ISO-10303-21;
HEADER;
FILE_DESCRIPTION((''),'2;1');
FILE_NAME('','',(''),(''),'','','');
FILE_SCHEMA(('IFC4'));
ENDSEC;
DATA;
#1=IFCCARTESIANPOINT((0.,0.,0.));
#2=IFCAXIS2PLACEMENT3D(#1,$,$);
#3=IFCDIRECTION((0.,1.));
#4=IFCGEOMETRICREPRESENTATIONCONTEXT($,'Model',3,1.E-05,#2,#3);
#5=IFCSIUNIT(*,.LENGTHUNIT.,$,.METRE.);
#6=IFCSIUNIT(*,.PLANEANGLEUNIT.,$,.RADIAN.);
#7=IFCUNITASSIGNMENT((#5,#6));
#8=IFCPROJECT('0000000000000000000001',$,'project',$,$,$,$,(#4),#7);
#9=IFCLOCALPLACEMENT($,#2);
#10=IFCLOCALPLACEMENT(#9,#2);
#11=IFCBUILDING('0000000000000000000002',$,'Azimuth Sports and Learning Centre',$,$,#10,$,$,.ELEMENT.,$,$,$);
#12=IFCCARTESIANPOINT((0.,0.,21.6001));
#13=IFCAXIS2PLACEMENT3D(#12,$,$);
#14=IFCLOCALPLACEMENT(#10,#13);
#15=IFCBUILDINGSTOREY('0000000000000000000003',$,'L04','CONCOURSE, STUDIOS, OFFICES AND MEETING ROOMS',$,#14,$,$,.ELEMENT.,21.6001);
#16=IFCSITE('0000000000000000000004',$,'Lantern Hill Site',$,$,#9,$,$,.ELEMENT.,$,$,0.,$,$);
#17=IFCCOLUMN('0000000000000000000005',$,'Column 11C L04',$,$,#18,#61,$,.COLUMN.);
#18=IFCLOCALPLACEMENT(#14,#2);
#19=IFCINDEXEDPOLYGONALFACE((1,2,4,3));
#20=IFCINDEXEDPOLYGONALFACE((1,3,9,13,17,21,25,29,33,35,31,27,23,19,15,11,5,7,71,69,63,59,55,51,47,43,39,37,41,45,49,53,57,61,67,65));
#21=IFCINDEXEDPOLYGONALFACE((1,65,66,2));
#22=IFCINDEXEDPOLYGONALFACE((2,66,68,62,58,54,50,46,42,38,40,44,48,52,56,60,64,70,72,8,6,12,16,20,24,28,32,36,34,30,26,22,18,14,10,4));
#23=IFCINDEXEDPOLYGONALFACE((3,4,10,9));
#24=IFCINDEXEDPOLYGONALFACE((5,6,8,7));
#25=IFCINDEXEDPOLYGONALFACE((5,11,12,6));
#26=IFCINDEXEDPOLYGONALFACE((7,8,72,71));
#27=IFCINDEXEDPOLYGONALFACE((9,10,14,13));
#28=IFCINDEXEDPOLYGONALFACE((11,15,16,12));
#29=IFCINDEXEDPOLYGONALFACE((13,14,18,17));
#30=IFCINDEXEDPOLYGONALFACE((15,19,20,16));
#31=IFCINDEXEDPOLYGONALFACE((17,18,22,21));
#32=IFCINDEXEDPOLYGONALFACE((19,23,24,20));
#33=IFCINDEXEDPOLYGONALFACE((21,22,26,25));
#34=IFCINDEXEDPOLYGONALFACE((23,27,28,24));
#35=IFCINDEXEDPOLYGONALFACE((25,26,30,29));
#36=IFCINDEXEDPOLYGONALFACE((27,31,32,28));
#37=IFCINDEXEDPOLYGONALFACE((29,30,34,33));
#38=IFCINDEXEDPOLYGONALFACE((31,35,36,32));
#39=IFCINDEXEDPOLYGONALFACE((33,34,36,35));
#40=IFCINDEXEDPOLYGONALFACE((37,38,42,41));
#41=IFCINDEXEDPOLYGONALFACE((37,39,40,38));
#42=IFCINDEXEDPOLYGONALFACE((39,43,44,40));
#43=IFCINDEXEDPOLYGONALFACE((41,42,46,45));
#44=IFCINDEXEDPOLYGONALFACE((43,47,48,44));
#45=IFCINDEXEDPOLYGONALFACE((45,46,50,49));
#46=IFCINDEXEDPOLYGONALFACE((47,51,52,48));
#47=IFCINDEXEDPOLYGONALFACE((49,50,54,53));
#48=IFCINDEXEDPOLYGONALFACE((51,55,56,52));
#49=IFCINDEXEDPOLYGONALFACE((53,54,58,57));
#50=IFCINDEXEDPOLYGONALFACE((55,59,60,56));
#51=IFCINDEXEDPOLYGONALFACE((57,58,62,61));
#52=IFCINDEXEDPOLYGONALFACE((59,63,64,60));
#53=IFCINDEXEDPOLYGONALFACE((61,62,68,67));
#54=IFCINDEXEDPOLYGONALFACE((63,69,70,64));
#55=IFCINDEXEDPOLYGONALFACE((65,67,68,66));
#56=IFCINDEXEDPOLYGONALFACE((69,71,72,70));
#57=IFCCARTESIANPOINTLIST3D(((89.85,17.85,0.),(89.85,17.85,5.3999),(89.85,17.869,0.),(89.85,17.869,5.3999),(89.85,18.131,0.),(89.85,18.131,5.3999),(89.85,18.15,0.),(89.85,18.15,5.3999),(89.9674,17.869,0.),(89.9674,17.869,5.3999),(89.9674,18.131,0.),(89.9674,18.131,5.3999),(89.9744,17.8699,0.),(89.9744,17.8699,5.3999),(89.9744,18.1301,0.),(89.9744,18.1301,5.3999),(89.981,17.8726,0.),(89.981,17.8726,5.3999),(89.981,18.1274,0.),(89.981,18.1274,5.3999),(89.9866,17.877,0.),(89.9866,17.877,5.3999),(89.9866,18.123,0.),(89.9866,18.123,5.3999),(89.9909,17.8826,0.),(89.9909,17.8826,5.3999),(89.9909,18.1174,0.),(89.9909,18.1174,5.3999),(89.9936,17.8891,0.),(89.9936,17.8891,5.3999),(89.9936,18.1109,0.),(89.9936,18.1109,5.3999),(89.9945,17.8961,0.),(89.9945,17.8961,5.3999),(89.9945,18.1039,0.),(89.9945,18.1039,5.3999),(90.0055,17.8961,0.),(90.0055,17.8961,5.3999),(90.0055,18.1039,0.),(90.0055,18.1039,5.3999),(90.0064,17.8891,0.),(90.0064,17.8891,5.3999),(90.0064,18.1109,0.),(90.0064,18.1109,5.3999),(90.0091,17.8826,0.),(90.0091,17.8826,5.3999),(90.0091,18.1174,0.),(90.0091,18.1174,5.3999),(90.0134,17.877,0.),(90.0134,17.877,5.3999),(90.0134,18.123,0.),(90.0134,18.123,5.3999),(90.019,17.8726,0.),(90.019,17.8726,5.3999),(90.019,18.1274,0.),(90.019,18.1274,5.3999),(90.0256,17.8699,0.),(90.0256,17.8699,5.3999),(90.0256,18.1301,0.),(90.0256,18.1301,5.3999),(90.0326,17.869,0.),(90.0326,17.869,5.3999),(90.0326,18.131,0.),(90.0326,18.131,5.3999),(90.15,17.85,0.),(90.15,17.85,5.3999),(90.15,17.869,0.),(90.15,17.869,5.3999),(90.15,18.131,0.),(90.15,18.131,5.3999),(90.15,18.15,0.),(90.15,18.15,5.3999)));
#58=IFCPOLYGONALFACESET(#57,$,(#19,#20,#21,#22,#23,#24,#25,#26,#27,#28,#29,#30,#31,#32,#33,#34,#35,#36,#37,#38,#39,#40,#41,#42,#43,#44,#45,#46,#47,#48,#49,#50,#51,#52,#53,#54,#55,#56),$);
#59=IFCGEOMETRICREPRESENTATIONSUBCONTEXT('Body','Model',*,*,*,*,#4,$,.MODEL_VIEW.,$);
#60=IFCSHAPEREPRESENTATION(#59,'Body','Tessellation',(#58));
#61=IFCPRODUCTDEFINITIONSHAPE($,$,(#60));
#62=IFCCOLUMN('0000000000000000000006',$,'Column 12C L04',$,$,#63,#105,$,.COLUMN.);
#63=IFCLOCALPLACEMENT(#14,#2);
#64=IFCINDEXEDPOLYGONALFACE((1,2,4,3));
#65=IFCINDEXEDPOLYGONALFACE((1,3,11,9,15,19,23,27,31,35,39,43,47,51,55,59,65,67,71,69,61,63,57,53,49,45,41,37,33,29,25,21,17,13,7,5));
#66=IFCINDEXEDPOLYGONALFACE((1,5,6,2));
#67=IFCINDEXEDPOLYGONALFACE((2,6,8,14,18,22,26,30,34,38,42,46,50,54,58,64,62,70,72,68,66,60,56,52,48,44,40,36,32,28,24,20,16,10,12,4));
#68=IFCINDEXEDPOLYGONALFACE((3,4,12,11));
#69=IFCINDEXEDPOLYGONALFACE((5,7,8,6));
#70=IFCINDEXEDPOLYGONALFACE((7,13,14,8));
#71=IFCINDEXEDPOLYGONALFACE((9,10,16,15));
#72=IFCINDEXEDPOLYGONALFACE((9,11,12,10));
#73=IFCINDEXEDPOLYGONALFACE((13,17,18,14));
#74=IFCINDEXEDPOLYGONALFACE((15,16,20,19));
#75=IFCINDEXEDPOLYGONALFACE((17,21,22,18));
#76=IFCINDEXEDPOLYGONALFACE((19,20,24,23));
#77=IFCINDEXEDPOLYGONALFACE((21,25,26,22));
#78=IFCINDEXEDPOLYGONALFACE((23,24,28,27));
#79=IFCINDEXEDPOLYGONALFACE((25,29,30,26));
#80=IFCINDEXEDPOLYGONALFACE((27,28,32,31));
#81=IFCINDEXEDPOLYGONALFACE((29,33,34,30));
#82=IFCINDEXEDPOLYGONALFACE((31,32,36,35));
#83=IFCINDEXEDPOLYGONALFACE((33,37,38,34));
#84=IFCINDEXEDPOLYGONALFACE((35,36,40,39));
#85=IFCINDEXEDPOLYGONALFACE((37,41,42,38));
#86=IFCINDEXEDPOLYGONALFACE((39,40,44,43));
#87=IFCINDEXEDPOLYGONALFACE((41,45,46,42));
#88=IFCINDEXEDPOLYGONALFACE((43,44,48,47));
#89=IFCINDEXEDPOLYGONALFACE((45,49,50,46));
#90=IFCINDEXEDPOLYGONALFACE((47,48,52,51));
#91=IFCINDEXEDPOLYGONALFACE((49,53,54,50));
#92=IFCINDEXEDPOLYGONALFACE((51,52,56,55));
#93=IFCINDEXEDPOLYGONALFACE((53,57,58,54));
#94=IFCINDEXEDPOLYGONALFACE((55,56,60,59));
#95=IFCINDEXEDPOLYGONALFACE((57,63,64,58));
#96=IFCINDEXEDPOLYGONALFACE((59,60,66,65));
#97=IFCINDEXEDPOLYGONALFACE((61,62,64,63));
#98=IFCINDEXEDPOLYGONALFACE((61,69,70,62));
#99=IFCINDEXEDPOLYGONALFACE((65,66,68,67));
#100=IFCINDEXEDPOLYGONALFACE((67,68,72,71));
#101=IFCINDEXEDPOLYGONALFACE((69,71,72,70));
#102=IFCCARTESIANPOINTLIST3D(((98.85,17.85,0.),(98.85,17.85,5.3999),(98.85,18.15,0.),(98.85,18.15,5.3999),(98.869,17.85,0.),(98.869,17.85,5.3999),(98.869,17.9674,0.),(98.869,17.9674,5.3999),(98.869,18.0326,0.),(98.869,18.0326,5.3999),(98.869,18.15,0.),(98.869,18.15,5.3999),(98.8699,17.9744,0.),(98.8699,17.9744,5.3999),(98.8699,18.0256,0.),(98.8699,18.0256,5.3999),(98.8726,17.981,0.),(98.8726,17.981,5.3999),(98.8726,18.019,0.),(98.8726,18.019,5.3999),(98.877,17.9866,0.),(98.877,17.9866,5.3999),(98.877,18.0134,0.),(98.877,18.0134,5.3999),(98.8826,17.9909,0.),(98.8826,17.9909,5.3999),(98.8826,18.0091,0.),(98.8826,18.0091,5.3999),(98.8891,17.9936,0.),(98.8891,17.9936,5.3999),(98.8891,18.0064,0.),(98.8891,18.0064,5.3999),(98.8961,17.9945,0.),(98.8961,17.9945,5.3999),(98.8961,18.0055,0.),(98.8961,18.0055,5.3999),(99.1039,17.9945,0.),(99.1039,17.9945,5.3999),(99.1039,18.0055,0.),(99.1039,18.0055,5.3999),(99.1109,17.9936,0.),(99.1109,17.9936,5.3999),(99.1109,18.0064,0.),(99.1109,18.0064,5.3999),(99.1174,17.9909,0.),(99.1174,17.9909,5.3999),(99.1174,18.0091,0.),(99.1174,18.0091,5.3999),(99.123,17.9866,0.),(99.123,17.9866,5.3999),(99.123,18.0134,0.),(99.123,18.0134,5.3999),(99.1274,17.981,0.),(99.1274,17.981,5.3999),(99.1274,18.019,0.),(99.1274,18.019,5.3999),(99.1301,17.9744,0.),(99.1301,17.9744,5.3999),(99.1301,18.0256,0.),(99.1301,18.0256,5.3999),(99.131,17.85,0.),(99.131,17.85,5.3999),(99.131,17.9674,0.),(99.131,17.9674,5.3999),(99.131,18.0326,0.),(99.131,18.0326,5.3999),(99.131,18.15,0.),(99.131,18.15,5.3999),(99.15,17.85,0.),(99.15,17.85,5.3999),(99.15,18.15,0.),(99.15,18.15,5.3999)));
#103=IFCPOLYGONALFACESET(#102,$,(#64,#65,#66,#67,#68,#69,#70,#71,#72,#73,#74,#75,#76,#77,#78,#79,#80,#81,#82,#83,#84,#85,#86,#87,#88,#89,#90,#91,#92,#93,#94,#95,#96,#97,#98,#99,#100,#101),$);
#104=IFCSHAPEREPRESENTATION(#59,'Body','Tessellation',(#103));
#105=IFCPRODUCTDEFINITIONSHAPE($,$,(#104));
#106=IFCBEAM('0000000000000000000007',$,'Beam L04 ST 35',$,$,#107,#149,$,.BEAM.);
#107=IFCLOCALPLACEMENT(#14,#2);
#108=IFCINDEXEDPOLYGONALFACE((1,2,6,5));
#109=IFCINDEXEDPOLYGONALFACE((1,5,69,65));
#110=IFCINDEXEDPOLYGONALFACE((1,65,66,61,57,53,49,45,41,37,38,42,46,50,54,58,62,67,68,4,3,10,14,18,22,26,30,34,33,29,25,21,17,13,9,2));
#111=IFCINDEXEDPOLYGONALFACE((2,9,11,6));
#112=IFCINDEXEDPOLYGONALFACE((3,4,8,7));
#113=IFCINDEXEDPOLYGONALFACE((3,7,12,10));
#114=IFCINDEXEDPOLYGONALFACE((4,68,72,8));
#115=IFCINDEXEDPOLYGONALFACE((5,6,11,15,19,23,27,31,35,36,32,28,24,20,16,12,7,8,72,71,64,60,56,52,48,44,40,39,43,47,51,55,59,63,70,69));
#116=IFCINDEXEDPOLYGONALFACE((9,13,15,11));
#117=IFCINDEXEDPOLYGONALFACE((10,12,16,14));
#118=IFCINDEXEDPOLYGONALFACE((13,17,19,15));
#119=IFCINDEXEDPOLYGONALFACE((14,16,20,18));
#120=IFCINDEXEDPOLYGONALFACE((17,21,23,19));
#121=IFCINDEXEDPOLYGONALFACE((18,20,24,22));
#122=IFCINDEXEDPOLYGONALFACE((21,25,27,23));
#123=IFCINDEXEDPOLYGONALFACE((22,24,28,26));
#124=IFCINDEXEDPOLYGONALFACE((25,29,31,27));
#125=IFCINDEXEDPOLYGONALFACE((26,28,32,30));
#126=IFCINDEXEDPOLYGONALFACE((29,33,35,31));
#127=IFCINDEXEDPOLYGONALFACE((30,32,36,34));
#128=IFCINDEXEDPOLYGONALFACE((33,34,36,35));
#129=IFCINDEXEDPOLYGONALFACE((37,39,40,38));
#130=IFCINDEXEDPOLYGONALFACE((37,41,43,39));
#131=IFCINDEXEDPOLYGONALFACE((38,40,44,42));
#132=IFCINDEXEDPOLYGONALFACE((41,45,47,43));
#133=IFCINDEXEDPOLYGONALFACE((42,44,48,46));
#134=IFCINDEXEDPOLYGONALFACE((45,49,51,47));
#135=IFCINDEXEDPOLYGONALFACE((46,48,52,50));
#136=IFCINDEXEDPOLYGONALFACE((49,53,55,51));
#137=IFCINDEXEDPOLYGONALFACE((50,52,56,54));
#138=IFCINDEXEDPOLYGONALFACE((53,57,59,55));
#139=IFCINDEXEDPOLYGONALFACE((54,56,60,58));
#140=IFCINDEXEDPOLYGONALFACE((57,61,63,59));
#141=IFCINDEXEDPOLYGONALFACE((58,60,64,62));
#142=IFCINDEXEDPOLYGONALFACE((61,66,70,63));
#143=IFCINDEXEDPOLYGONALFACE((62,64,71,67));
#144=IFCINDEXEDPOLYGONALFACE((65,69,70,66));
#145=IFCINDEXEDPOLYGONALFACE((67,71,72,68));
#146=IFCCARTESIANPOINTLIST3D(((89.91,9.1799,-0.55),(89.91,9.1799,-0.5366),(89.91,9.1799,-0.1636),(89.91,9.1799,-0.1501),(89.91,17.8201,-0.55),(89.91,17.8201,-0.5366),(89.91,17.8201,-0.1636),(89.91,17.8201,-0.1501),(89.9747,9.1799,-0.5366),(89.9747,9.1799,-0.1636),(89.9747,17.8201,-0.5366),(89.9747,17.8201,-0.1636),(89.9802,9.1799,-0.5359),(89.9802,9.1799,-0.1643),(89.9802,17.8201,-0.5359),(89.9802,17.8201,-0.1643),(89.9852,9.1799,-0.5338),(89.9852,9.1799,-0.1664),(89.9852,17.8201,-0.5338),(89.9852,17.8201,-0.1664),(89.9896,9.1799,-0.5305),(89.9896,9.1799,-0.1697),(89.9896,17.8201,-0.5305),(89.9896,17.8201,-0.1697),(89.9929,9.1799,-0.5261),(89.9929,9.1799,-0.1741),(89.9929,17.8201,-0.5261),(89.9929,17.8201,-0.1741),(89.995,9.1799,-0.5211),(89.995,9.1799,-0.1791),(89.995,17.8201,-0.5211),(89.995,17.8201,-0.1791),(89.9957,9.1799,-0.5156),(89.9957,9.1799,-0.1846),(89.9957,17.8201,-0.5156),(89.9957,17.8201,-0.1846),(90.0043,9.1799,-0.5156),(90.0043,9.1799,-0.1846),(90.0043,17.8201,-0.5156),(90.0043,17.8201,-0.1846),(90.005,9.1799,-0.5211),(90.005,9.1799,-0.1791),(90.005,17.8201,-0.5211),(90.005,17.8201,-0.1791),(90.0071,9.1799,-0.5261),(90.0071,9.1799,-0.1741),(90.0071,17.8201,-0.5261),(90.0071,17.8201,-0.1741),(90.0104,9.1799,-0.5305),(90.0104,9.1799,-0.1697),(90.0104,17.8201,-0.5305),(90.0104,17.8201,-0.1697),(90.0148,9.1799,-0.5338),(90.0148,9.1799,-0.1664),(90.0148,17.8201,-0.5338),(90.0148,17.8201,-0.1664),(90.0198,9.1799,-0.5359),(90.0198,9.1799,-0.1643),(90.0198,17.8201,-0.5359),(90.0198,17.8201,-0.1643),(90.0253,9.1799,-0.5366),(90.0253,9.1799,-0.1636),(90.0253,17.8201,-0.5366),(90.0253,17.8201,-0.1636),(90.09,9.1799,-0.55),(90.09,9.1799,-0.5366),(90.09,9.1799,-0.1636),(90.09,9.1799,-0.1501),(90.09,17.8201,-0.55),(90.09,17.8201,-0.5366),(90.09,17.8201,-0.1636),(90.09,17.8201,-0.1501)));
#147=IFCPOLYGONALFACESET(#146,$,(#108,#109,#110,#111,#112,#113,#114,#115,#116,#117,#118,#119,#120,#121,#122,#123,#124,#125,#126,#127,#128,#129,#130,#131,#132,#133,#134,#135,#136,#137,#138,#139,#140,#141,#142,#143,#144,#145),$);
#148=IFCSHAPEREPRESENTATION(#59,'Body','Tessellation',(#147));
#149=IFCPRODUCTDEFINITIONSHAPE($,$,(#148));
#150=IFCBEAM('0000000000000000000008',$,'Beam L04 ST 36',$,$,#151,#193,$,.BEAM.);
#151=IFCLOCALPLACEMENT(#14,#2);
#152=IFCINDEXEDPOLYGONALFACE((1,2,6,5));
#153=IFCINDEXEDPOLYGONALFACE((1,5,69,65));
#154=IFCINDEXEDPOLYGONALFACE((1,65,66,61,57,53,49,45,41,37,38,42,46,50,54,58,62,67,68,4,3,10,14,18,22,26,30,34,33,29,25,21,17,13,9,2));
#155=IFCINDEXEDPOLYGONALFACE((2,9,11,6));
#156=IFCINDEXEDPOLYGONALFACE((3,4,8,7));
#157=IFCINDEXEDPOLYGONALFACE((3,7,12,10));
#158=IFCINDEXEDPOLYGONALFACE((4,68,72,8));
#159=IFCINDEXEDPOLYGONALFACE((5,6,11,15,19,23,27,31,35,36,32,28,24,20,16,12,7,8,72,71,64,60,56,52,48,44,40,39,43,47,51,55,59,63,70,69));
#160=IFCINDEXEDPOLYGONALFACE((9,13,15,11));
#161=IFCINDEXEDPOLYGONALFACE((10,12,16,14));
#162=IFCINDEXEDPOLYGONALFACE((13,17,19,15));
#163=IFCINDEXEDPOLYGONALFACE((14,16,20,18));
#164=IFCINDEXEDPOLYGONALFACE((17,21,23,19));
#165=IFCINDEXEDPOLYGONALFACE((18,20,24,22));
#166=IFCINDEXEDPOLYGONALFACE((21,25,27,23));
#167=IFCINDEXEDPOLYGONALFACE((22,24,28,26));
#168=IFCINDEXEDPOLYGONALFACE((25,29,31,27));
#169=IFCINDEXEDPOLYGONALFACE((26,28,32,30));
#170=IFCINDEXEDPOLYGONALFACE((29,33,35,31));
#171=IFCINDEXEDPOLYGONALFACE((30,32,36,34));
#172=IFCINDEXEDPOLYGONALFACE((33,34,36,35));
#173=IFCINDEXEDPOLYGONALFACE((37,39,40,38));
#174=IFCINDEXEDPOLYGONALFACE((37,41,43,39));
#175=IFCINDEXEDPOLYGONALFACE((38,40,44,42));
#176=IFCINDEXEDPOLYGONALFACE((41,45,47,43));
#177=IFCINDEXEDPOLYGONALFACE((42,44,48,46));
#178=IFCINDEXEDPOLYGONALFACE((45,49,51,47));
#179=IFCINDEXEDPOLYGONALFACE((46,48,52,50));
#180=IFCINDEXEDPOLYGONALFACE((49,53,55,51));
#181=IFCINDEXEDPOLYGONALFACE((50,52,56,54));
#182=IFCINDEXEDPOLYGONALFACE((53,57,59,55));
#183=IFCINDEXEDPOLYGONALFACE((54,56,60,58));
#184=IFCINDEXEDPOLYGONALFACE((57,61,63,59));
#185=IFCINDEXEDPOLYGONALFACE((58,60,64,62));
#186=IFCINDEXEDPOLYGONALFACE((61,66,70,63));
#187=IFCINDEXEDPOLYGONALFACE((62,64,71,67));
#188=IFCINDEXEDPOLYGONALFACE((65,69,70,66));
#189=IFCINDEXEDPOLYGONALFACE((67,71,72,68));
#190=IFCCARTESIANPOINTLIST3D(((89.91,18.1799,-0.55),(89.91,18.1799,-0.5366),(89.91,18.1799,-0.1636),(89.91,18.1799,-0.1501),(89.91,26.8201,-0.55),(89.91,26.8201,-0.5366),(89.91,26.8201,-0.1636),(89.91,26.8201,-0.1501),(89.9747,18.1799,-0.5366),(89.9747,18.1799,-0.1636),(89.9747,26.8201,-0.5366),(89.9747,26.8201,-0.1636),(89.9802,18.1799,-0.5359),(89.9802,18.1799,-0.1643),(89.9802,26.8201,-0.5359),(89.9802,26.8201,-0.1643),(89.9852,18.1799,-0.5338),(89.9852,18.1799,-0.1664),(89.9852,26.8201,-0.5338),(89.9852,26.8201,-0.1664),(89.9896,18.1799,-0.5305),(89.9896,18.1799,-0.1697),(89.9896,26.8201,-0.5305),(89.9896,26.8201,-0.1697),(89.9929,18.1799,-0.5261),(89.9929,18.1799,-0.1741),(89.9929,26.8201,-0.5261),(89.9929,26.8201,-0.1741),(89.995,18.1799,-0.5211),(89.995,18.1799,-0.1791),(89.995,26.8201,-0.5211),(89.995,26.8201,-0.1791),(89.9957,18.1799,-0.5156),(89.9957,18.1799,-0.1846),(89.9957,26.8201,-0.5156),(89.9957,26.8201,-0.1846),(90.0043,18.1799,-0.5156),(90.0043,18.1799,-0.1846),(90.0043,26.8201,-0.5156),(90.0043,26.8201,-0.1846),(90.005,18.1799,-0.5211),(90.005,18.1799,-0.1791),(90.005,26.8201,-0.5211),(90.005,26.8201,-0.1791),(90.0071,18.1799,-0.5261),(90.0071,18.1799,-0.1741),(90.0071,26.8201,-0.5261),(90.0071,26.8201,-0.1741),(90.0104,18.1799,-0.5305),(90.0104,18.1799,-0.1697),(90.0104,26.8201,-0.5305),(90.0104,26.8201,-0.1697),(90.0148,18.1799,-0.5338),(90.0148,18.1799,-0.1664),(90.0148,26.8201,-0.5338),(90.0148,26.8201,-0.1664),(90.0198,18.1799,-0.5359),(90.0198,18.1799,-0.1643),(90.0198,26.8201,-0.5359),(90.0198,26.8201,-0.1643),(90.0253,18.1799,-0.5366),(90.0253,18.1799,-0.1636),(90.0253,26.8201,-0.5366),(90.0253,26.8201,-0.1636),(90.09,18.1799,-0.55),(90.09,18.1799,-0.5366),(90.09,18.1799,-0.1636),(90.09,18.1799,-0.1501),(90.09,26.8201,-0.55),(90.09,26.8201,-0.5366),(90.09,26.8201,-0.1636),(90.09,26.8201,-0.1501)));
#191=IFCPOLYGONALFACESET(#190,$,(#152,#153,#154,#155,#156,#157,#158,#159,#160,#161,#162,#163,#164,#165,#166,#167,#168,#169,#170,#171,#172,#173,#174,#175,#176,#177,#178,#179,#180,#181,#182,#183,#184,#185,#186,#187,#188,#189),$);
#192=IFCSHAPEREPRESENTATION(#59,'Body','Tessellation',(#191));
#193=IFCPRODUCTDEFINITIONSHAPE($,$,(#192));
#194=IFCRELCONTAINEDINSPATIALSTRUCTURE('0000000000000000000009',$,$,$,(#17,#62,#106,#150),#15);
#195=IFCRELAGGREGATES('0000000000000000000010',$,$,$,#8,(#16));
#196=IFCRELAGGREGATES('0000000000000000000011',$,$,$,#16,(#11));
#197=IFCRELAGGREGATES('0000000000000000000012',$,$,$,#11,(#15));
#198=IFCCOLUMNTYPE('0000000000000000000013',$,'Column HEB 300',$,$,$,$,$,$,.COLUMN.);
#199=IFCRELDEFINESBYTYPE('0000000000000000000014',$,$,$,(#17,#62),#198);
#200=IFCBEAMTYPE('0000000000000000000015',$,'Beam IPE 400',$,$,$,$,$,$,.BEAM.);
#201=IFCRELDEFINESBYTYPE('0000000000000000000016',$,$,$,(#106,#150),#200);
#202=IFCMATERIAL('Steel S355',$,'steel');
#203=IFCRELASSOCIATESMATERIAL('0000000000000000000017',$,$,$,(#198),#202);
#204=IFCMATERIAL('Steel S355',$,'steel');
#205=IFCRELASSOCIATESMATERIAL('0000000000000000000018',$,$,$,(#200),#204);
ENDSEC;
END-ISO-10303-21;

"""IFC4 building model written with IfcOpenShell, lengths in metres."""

from ifc_helpers import new_model, si_unit, direction, frame, origin, origin_2d, place, context, subcontext, project, spatial, i_section, extrude, material, material_profile, profile_set, type_object, element, save


model = new_model("IFC4")

# Units and contexts
model_context = context("Model", 3, precision=1e-05, world=origin(), true_north=direction((0.0, 1.0)))
body_context = subcontext(model_context, "Body", "Model", "MODEL_VIEW")
ifc_project = project(units=[si_unit("LENGTHUNIT", "METRE"), si_unit("PLANEANGLEUNIT", "RADIAN")], contexts=[model_context])

# Site, building, storey
site_placement = place(None, origin())
site = spatial("IfcSite", under=ifc_project, at=site_placement, Name="Lantern Hill Site", CompositionType="ELEMENT", RefElevation=0.0)
building_placement = place(site_placement, origin())
building = spatial("IfcBuilding", under=site, at=building_placement, Name="Azimuth Sports and Learning Centre", CompositionType="ELEMENT")
storey_placement = place(building_placement, frame((0.0, 0.0, 21.6001)))
storey = spatial("IfcBuildingStorey", under=building, at=storey_placement, Name="L04", Description="CONCOURSE, STUDIOS, OFFICES AND MEETING ROOMS", CompositionType="ELEMENT", Elevation=21.6001)

# Columns
ifc_material_1 = material(Name="Steel S355", Category="steel")
ifc_material_profile_1 = material_profile(ifc_material_1, i_section(OverallWidth=0.3, OverallDepth=0.3, WebThickness=0.011, FlangeThickness=0.019, FilletRadius=0.0271, at=origin_2d()), Name="HEB 300")
ifc_profile_set_1 = profile_set([ifc_material_profile_1], Name="Steel S355")
column_type = type_object("IfcColumnType", Name="Column HEB 300", PredefinedType="COLUMN", material=ifc_profile_set_1)
for number, where, z_axis, x_axis, name in (
    (1, (90.0, 18.0, 0.0), (0.0, 0.0, 1.0), (1.0, 0.0, 0.0), "Column 11C L04"),
    (2, (99.0, 18.0, 0.0), (0.0, 0.0, 1.0), (0.0, 1.0, 0.0), "Column 12C L04"),
):
    element("IfcColumn", number, at=place(storey_placement, frame(where, z_axis=z_axis, x_axis=x_axis)), inside=storey, type_object=column_type, Name=name, PredefinedType="COLUMN", context=body_context, shape_type="SweptSolid", body=[
        extrude(i_section(OverallWidth=0.3, OverallDepth=0.3, WebThickness=0.011, FlangeThickness=0.019, FilletRadius=0.0271, at=origin_2d()), origin(), (0.0, 0.0, 1.0), 5.3999),
    ])

# Beams
ifc_material_2 = material(Name="Steel S355", Category="steel")
ifc_material_profile_2 = material_profile(ifc_material_2, i_section(OverallWidth=0.1799, OverallDepth=0.3999, WebThickness=0.0085, FlangeThickness=0.0134, FilletRadius=0.021, at=origin_2d()), Name="IPE 400")
ifc_profile_set_2 = profile_set([ifc_material_profile_2], Name="Steel S355")
beam_type_1 = type_object("IfcBeamType", Name="Beam IPE 400", PredefinedType="BEAM", material=ifc_profile_set_2)
for number, where, z_axis, x_axis, name in (
    (3, (90.0, 9.1799, -0.3501), (0.0, 1.0, 0.0), (-1.0, 0.0, 0.0), "Beam L04 ST 35"),
    (4, (90.0, 18.1799, -0.3501), (0.0, 1.0, 0.0), (-1.0, 0.0, 0.0), "Beam L04 ST 36"),
):
    element("IfcBeam", number, at=place(storey_placement, frame(where, z_axis=z_axis, x_axis=x_axis)), inside=storey, type_object=beam_type_1, Name=name, PredefinedType="BEAM", context=body_context, shape_type="SweptSolid", body=[
        extrude(i_section(OverallWidth=0.1799, OverallDepth=0.3999, WebThickness=0.0085, FlangeThickness=0.0134, FilletRadius=0.021, at=origin_2d()), origin(), (0.0, 0.0, 1.0), 8.6401),
    ])

save(model, "model.ifc")
